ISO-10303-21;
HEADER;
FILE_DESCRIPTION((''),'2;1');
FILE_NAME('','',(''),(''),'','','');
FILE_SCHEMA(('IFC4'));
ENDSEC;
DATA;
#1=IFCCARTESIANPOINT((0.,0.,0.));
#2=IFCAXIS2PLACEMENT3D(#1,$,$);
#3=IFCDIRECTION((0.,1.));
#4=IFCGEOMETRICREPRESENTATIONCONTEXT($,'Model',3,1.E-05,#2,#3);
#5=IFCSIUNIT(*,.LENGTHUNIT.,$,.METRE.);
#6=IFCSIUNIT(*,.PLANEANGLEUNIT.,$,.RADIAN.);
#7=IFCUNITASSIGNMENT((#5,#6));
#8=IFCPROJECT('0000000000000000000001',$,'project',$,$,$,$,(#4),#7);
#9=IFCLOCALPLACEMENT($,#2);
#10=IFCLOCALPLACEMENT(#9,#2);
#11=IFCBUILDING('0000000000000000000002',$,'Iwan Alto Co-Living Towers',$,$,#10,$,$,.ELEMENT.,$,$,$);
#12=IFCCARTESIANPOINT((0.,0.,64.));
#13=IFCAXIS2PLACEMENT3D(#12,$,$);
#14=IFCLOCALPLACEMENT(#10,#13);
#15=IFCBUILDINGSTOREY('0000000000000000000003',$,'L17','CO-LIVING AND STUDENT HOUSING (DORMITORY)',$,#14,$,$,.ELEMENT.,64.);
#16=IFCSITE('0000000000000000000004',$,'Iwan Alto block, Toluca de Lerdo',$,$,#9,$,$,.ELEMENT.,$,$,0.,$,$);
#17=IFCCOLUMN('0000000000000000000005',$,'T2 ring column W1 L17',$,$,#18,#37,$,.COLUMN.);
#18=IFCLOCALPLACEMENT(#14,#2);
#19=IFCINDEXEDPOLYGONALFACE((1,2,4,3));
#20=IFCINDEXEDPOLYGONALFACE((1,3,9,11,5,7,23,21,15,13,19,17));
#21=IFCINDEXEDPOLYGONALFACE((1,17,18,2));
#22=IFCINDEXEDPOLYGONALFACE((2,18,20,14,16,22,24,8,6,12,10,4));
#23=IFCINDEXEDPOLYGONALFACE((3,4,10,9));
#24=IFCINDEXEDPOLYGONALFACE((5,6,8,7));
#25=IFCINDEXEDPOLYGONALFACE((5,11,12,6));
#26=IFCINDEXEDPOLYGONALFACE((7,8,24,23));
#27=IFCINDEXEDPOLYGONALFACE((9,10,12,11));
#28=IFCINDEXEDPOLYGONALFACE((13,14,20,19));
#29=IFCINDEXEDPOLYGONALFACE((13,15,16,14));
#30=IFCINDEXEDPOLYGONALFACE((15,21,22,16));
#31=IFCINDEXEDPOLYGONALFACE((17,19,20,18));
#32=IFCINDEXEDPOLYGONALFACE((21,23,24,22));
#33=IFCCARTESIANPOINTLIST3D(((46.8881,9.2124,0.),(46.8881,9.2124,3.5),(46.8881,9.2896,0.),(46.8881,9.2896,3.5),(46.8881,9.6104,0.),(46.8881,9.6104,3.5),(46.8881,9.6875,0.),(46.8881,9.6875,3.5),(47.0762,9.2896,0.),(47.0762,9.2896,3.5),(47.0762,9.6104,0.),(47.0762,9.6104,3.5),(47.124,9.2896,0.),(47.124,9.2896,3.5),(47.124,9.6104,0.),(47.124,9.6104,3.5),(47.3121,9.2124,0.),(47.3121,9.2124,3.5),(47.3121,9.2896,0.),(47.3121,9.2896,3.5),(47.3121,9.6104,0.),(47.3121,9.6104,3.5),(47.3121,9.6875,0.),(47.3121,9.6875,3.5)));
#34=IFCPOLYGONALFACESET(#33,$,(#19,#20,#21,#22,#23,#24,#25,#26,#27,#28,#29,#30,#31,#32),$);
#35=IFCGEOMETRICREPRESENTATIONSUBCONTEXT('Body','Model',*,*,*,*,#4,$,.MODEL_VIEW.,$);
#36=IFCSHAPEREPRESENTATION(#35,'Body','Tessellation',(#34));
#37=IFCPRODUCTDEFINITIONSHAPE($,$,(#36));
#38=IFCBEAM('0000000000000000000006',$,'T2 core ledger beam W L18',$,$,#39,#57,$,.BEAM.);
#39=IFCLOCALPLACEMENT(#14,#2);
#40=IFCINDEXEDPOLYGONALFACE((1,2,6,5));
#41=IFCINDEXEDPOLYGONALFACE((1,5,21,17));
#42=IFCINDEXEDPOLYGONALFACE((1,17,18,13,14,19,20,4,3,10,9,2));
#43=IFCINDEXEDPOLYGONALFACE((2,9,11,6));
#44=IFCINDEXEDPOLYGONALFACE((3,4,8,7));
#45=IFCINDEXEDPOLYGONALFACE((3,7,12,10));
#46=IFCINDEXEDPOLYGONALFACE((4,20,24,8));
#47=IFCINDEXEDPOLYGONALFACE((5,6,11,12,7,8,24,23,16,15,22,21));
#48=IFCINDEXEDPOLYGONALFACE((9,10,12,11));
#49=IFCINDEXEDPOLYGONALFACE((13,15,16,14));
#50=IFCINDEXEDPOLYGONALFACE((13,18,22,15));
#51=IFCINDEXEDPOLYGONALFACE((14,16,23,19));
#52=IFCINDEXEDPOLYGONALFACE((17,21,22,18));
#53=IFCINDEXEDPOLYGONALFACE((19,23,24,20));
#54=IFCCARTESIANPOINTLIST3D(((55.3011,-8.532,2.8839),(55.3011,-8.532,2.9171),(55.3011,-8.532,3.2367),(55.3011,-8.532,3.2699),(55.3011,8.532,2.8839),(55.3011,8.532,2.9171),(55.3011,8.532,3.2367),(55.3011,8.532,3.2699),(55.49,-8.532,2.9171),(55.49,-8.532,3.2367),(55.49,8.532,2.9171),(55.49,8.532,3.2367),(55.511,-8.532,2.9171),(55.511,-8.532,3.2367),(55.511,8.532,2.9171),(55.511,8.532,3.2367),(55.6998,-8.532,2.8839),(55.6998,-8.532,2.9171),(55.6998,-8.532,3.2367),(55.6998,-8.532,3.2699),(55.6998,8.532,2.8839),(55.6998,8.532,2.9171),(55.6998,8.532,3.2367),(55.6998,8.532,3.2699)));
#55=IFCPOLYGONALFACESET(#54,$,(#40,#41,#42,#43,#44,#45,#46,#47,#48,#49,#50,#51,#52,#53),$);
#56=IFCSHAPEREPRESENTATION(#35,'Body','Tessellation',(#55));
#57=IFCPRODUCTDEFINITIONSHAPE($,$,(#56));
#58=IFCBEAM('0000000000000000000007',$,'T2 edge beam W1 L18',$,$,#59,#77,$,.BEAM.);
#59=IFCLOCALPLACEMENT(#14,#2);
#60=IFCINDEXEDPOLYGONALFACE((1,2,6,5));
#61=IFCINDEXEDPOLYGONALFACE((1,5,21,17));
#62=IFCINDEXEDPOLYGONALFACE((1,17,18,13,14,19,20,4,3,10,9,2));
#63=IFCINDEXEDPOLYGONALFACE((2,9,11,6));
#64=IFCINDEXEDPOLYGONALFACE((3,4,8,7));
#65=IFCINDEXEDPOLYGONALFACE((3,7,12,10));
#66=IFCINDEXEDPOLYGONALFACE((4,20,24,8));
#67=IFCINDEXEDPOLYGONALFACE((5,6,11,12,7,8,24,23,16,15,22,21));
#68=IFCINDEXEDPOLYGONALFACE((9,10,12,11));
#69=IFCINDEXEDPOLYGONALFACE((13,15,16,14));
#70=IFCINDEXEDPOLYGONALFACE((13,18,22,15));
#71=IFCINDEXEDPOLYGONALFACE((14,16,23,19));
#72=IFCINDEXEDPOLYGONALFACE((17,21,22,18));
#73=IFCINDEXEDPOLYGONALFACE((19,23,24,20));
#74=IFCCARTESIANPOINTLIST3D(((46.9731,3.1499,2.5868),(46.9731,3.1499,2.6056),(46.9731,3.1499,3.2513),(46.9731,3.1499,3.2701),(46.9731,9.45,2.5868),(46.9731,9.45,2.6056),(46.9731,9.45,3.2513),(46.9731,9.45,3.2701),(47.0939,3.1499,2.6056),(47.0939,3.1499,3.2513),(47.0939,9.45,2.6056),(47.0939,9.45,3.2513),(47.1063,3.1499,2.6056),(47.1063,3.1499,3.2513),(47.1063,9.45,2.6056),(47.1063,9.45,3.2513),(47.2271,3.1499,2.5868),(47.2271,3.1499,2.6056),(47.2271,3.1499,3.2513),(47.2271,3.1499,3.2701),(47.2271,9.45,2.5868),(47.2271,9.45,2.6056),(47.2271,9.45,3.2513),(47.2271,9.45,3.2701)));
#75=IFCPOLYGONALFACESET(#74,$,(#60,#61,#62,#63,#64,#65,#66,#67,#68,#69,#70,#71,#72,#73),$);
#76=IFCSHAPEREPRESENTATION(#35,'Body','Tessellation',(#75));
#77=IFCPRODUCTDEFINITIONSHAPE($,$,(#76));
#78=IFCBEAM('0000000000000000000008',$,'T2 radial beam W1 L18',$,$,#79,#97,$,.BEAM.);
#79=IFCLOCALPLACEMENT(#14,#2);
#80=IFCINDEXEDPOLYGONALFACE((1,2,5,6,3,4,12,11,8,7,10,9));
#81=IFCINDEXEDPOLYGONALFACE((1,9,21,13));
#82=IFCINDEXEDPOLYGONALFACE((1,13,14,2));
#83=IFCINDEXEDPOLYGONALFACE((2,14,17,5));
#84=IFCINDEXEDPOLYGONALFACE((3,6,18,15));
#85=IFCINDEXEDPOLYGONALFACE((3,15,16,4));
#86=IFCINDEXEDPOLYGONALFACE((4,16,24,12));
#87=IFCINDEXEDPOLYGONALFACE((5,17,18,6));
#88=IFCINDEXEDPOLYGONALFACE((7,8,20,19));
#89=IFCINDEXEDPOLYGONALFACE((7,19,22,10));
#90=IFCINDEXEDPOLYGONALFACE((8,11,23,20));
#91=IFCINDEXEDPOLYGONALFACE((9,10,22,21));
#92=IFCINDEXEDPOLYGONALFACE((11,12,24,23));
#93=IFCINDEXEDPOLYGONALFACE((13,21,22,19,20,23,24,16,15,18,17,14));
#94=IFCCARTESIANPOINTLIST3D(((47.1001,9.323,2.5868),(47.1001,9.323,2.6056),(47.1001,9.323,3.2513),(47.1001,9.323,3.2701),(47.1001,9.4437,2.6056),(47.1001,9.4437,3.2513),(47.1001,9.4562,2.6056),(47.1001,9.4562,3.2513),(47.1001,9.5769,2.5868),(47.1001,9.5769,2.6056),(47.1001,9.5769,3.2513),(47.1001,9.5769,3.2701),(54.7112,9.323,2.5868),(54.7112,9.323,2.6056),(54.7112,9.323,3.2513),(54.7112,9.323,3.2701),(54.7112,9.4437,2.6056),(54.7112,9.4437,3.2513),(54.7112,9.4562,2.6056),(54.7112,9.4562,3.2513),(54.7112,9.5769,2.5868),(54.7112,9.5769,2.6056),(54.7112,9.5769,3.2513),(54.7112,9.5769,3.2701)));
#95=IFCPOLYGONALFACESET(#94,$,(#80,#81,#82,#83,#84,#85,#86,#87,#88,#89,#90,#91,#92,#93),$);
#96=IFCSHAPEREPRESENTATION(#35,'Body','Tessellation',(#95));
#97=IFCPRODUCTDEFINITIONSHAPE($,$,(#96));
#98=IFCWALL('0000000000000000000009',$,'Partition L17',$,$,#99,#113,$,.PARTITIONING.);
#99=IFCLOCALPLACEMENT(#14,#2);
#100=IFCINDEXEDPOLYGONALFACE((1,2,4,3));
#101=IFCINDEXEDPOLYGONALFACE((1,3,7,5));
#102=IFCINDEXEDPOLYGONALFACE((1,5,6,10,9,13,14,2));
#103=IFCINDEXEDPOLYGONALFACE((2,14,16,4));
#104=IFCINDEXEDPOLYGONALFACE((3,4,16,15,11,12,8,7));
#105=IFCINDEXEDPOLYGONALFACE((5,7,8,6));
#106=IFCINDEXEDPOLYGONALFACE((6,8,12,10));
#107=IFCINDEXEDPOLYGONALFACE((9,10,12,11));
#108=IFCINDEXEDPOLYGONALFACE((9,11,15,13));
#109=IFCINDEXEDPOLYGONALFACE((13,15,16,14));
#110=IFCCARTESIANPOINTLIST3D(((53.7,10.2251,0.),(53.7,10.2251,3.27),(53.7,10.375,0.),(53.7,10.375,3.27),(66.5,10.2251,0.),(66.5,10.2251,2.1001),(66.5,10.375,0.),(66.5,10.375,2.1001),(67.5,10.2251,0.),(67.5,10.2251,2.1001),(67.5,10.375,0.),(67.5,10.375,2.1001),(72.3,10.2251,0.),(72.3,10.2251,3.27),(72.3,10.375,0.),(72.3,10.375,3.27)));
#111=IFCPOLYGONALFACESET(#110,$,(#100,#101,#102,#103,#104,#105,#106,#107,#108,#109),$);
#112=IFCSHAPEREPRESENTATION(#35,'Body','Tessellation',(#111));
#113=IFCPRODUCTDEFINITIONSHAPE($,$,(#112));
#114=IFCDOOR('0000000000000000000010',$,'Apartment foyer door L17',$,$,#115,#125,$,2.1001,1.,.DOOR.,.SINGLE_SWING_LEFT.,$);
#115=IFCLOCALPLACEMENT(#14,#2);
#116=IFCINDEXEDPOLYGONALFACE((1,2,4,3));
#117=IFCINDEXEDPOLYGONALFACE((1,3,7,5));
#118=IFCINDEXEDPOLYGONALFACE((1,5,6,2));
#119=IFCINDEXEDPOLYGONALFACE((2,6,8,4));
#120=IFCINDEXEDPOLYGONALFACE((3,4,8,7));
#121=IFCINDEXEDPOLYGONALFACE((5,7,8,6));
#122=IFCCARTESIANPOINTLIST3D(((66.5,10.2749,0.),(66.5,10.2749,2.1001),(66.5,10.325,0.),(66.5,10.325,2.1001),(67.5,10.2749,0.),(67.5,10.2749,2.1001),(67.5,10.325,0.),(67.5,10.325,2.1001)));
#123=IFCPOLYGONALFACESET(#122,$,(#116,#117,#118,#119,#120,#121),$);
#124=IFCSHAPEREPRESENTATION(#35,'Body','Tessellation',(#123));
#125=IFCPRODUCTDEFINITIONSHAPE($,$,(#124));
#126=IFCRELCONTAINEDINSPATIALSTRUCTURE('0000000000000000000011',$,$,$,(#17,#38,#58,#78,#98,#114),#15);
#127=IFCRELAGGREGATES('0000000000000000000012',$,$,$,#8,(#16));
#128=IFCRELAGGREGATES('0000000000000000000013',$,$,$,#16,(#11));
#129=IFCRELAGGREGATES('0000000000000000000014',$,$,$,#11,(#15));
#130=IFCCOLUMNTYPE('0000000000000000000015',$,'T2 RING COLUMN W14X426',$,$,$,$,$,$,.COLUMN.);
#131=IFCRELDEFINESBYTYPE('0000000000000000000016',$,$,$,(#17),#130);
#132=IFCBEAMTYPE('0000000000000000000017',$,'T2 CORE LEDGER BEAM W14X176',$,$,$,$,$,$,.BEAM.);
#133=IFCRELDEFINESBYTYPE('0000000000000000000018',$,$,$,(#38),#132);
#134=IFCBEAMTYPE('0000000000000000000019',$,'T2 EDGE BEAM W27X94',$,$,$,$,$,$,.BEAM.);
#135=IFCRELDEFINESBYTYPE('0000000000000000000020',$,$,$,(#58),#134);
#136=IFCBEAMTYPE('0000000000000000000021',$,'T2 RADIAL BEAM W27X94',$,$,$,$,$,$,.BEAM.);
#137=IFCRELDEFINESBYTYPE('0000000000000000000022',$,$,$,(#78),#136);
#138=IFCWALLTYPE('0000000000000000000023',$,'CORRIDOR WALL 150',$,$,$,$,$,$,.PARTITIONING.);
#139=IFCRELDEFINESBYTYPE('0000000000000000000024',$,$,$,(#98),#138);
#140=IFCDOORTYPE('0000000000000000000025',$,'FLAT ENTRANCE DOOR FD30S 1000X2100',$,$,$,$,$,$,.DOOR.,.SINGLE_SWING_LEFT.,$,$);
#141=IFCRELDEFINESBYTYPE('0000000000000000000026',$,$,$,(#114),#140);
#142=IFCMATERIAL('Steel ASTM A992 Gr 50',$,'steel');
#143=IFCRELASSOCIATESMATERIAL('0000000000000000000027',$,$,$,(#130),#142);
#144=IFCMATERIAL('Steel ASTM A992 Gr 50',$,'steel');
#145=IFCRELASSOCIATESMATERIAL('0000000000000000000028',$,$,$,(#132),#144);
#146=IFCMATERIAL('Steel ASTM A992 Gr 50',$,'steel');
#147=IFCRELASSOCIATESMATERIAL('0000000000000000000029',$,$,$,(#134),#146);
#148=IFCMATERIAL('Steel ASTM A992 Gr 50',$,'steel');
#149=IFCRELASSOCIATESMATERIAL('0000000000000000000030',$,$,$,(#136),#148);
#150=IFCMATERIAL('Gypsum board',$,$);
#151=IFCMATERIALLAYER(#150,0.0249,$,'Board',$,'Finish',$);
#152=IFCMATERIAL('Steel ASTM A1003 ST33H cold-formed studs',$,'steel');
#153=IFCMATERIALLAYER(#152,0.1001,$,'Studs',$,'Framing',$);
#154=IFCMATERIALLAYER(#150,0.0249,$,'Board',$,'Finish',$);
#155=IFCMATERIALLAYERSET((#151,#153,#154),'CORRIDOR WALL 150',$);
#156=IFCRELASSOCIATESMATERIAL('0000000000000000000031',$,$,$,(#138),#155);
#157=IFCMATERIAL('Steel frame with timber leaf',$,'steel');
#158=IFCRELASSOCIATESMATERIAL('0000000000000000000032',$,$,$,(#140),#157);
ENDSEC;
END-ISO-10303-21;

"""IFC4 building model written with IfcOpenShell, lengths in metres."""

from ifc_helpers import new_model, si_unit, direction, frame, frame_2d, origin, origin_2d, place, context, subcontext, project, spatial, rectangle, i_section, extrude, material, layer, layer_set, material_profile, profile_set, type_object, element, fill, save


model = new_model("IFC4")

# Units and contexts
model_context = context("Model", 3, precision=1e-05, world=origin(), true_north=direction((0.0, 1.0)))
body_context = subcontext(model_context, "Body", "Model", "MODEL_VIEW")
ifc_project = project(units=[si_unit("LENGTHUNIT", "METRE"), si_unit("PLANEANGLEUNIT", "RADIAN")], contexts=[model_context])

# Site, building, storey
site_placement = place(None, origin())
site = spatial("IfcSite", under=ifc_project, at=site_placement, Name="Iwan Alto block, Toluca de Lerdo", CompositionType="ELEMENT", RefElevation=0.0)
building_placement = place(site_placement, origin())
building = spatial("IfcBuilding", under=site, at=building_placement, Name="Iwan Alto Co-Living Towers", CompositionType="ELEMENT")
storey_placement = place(building_placement, frame((0.0, 0.0, 64.0)))
storey = spatial("IfcBuildingStorey", under=building, at=storey_placement, Name="L17", Description="CO-LIVING AND STUDENT HOUSING (DORMITORY)", CompositionType="ELEMENT", Elevation=64.0)

# Column
ifc_material_1 = material(Name="Steel ASTM A992 Gr 50", Category="steel")
ifc_material_profile_1 = material_profile(ifc_material_1, i_section(OverallWidth=0.4241, OverallDepth=0.4751, WebThickness=0.0479, FlangeThickness=0.0771, at=origin_2d()), Name="W14X426")
ifc_profile_set_1 = profile_set([ifc_material_profile_1], Name="Steel ASTM A992 Gr 50")
column_type = type_object("IfcColumnType", Name="T2 RING COLUMN W14X426", PredefinedType="COLUMN", material=ifc_profile_set_1)
column_placement = place(storey_placement, frame((47.1001, 9.45, 0.0), z_axis=(0.0, 0.0, 1.0), x_axis=(1.0, 0.0, 0.0)))
element("IfcColumn", 1, at=column_placement, inside=storey, type_object=column_type, Name="T2 ring column W1 L17", PredefinedType="COLUMN", context=body_context, shape_type="SweptSolid", body=[
    extrude(i_section(OverallWidth=0.4241, OverallDepth=0.4751, WebThickness=0.0479, FlangeThickness=0.0771, at=origin_2d()), origin(), (0.0, 0.0, 1.0), 3.5),
])

# Beams
ifc_material_2 = material(Name="Steel ASTM A992 Gr 50", Category="steel")
ifc_material_profile_2 = material_profile(ifc_material_2, i_section(OverallWidth=0.3987, OverallDepth=0.386, WebThickness=0.021, FlangeThickness=0.0332, at=origin_2d()), Name="W14X176")
ifc_profile_set_2 = profile_set([ifc_material_profile_2], Name="Steel ASTM A992 Gr 50")
beam_type_1 = type_object("IfcBeamType", Name="T2 CORE LEDGER BEAM W14X176", PredefinedType="BEAM", material=ifc_profile_set_2)
beam_1_placement = place(storey_placement, frame((55.5005, 8.532, 3.0769), z_axis=(0.0, -1.0, 0.0), x_axis=(1.0, 0.0, 0.0)))
element("IfcBeam", 2, at=beam_1_placement, inside=storey, type_object=beam_type_1, Name="T2 core ledger beam W L18", PredefinedType="BEAM", context=body_context, shape_type="SweptSolid", body=[
    extrude(i_section(OverallWidth=0.3987, OverallDepth=0.386, WebThickness=0.021, FlangeThickness=0.0332, at=origin_2d()), origin(), (0.0, 0.0, 1.0), 17.064),
])
ifc_material_3 = material(Name="Steel ASTM A992 Gr 50", Category="steel")
ifc_material_profile_3 = material_profile(ifc_material_3, i_section(OverallWidth=0.2539, OverallDepth=0.6833, WebThickness=0.0125, FlangeThickness=0.0188, at=origin_2d()), Name="W27X94")
ifc_profile_set_3 = profile_set([ifc_material_profile_3], Name="Steel ASTM A992 Gr 50")
beam_type_2 = type_object("IfcBeamType", Name="T2 EDGE BEAM W27X94", PredefinedType="BEAM", material=ifc_profile_set_3)
beam_2_placement = place(storey_placement, frame((47.1001, 9.45, 2.9285), z_axis=(0.0, -1.0, 0.0), x_axis=(1.0, 0.0, 0.0)))
element("IfcBeam", 3, at=beam_2_placement, inside=storey, type_object=beam_type_2, Name="T2 edge beam W1 L18", PredefinedType="BEAM", context=body_context, shape_type="SweptSolid", body=[
    extrude(i_section(OverallWidth=0.2539, OverallDepth=0.6833, WebThickness=0.0125, FlangeThickness=0.0188, at=origin_2d()), origin(), (0.0, 0.0, 1.0), 6.3),
])
ifc_material_4 = material(Name="Steel ASTM A992 Gr 50", Category="steel")
ifc_material_profile_4 = material_profile(ifc_material_4, i_section(OverallWidth=0.2539, OverallDepth=0.6833, WebThickness=0.0125, FlangeThickness=0.0188, at=origin_2d()), Name="W27X94")
ifc_profile_set_4 = profile_set([ifc_material_profile_4], Name="Steel ASTM A992 Gr 50")
beam_type_3 = type_object("IfcBeamType", Name="T2 RADIAL BEAM W27X94", PredefinedType="BEAM", material=ifc_profile_set_4)
beam_3_placement = place(storey_placement, frame((47.1001, 9.45, 2.9285), z_axis=(1.0, 0.0, 0.0), x_axis=(0.0, 1.0, 0.0)))
element("IfcBeam", 4, at=beam_3_placement, inside=storey, type_object=beam_type_3, Name="T2 radial beam W1 L18", PredefinedType="BEAM", context=body_context, shape_type="SweptSolid", body=[
    extrude(i_section(OverallWidth=0.2539, OverallDepth=0.6833, WebThickness=0.0125, FlangeThickness=0.0188, at=origin_2d()), origin(), (0.0, 0.0, 1.0), 7.6111),
])

# Wall, opening, door
ifc_material_5 = material(Name="Gypsum board")
ifc_layer_1 = layer(ifc_material_5, 0.0249, Name="Board", Category="Finish")
ifc_material_6 = material(Name="Steel ASTM A1003 ST33H cold-formed studs", Category="steel")
ifc_layer_2 = layer(ifc_material_6, 0.1001, Name="Studs", Category="Framing")
ifc_layer_3 = layer(ifc_material_5, 0.0249, Name="Board", Category="Finish")
ifc_layer_set_1 = layer_set([ifc_layer_1, ifc_layer_2, ifc_layer_3], Name="CORRIDOR WALL 150")
wall_type_1 = type_object("IfcWallType", Name="CORRIDOR WALL 150", PredefinedType="PARTITIONING", material=ifc_layer_set_1)
wall_1_placement = place(storey_placement, frame((53.7, 10.3, 0.0), z_axis=(0.0, 0.0, 1.0), x_axis=(1.0, 0.0, 0.0)))
wall_1 = element("IfcWall", 5, at=wall_1_placement, inside=storey, type_object=wall_type_1, Name="Partition L17", PredefinedType="PARTITIONING", context=body_context, shape_type="SweptSolid", body=[
    extrude(rectangle(XDim=18.6001, YDim=0.1499, at=frame_2d((9.3, 0.0))), origin(), (0.0, 0.0, 1.0), 3.27),
])
opening_1_placement = place(wall_1_placement, frame((12.8, 0.0, 0.0)))
opening_1 = element("IfcOpeningElement", 6, at=opening_1_placement, cuts=wall_1, PredefinedType="OPENING", context=body_context, shape_type="SweptSolid", body=[
    extrude(rectangle(XDim=1.0, YDim=2.1001, at=frame_2d((0.5, 1.05))), frame((0.0, 0.085, 0.0), z_axis=(0.0, -1.0, 0.0), x_axis=(1.0, 0.0, 0.0)), (0.0, 0.0, 1.0), 0.1699),
])
ifc_material_7 = material(Name="Steel frame with timber leaf", Category="steel")
door_type_1 = type_object("IfcDoorType", Name="FLAT ENTRANCE DOOR FD30S 1000X2100", OperationType="SINGLE_SWING_LEFT", PredefinedType="DOOR", material=ifc_material_7)
door_1_placement = place(opening_1_placement, origin())
door_1 = element("IfcDoor", 7, at=door_1_placement, inside=storey, type_object=door_type_1, Name="Apartment foyer door L17", OperationType="SINGLE_SWING_LEFT", OverallHeight=2.1001, OverallWidth=1.0, PredefinedType="DOOR", context=body_context, shape_type="SweptSolid", body=[
    extrude(rectangle(XDim=1.0, YDim=2.1001, at=frame_2d((0.5, 1.05))), frame((0.0, 0.0249, 0.0), z_axis=(0.0, -1.0, 0.0), x_axis=(1.0, 0.0, 0.0)), (0.0, 0.0, 1.0), 0.05),
])
fill(opening_1, door_1)

save(model, "model.ifc")
